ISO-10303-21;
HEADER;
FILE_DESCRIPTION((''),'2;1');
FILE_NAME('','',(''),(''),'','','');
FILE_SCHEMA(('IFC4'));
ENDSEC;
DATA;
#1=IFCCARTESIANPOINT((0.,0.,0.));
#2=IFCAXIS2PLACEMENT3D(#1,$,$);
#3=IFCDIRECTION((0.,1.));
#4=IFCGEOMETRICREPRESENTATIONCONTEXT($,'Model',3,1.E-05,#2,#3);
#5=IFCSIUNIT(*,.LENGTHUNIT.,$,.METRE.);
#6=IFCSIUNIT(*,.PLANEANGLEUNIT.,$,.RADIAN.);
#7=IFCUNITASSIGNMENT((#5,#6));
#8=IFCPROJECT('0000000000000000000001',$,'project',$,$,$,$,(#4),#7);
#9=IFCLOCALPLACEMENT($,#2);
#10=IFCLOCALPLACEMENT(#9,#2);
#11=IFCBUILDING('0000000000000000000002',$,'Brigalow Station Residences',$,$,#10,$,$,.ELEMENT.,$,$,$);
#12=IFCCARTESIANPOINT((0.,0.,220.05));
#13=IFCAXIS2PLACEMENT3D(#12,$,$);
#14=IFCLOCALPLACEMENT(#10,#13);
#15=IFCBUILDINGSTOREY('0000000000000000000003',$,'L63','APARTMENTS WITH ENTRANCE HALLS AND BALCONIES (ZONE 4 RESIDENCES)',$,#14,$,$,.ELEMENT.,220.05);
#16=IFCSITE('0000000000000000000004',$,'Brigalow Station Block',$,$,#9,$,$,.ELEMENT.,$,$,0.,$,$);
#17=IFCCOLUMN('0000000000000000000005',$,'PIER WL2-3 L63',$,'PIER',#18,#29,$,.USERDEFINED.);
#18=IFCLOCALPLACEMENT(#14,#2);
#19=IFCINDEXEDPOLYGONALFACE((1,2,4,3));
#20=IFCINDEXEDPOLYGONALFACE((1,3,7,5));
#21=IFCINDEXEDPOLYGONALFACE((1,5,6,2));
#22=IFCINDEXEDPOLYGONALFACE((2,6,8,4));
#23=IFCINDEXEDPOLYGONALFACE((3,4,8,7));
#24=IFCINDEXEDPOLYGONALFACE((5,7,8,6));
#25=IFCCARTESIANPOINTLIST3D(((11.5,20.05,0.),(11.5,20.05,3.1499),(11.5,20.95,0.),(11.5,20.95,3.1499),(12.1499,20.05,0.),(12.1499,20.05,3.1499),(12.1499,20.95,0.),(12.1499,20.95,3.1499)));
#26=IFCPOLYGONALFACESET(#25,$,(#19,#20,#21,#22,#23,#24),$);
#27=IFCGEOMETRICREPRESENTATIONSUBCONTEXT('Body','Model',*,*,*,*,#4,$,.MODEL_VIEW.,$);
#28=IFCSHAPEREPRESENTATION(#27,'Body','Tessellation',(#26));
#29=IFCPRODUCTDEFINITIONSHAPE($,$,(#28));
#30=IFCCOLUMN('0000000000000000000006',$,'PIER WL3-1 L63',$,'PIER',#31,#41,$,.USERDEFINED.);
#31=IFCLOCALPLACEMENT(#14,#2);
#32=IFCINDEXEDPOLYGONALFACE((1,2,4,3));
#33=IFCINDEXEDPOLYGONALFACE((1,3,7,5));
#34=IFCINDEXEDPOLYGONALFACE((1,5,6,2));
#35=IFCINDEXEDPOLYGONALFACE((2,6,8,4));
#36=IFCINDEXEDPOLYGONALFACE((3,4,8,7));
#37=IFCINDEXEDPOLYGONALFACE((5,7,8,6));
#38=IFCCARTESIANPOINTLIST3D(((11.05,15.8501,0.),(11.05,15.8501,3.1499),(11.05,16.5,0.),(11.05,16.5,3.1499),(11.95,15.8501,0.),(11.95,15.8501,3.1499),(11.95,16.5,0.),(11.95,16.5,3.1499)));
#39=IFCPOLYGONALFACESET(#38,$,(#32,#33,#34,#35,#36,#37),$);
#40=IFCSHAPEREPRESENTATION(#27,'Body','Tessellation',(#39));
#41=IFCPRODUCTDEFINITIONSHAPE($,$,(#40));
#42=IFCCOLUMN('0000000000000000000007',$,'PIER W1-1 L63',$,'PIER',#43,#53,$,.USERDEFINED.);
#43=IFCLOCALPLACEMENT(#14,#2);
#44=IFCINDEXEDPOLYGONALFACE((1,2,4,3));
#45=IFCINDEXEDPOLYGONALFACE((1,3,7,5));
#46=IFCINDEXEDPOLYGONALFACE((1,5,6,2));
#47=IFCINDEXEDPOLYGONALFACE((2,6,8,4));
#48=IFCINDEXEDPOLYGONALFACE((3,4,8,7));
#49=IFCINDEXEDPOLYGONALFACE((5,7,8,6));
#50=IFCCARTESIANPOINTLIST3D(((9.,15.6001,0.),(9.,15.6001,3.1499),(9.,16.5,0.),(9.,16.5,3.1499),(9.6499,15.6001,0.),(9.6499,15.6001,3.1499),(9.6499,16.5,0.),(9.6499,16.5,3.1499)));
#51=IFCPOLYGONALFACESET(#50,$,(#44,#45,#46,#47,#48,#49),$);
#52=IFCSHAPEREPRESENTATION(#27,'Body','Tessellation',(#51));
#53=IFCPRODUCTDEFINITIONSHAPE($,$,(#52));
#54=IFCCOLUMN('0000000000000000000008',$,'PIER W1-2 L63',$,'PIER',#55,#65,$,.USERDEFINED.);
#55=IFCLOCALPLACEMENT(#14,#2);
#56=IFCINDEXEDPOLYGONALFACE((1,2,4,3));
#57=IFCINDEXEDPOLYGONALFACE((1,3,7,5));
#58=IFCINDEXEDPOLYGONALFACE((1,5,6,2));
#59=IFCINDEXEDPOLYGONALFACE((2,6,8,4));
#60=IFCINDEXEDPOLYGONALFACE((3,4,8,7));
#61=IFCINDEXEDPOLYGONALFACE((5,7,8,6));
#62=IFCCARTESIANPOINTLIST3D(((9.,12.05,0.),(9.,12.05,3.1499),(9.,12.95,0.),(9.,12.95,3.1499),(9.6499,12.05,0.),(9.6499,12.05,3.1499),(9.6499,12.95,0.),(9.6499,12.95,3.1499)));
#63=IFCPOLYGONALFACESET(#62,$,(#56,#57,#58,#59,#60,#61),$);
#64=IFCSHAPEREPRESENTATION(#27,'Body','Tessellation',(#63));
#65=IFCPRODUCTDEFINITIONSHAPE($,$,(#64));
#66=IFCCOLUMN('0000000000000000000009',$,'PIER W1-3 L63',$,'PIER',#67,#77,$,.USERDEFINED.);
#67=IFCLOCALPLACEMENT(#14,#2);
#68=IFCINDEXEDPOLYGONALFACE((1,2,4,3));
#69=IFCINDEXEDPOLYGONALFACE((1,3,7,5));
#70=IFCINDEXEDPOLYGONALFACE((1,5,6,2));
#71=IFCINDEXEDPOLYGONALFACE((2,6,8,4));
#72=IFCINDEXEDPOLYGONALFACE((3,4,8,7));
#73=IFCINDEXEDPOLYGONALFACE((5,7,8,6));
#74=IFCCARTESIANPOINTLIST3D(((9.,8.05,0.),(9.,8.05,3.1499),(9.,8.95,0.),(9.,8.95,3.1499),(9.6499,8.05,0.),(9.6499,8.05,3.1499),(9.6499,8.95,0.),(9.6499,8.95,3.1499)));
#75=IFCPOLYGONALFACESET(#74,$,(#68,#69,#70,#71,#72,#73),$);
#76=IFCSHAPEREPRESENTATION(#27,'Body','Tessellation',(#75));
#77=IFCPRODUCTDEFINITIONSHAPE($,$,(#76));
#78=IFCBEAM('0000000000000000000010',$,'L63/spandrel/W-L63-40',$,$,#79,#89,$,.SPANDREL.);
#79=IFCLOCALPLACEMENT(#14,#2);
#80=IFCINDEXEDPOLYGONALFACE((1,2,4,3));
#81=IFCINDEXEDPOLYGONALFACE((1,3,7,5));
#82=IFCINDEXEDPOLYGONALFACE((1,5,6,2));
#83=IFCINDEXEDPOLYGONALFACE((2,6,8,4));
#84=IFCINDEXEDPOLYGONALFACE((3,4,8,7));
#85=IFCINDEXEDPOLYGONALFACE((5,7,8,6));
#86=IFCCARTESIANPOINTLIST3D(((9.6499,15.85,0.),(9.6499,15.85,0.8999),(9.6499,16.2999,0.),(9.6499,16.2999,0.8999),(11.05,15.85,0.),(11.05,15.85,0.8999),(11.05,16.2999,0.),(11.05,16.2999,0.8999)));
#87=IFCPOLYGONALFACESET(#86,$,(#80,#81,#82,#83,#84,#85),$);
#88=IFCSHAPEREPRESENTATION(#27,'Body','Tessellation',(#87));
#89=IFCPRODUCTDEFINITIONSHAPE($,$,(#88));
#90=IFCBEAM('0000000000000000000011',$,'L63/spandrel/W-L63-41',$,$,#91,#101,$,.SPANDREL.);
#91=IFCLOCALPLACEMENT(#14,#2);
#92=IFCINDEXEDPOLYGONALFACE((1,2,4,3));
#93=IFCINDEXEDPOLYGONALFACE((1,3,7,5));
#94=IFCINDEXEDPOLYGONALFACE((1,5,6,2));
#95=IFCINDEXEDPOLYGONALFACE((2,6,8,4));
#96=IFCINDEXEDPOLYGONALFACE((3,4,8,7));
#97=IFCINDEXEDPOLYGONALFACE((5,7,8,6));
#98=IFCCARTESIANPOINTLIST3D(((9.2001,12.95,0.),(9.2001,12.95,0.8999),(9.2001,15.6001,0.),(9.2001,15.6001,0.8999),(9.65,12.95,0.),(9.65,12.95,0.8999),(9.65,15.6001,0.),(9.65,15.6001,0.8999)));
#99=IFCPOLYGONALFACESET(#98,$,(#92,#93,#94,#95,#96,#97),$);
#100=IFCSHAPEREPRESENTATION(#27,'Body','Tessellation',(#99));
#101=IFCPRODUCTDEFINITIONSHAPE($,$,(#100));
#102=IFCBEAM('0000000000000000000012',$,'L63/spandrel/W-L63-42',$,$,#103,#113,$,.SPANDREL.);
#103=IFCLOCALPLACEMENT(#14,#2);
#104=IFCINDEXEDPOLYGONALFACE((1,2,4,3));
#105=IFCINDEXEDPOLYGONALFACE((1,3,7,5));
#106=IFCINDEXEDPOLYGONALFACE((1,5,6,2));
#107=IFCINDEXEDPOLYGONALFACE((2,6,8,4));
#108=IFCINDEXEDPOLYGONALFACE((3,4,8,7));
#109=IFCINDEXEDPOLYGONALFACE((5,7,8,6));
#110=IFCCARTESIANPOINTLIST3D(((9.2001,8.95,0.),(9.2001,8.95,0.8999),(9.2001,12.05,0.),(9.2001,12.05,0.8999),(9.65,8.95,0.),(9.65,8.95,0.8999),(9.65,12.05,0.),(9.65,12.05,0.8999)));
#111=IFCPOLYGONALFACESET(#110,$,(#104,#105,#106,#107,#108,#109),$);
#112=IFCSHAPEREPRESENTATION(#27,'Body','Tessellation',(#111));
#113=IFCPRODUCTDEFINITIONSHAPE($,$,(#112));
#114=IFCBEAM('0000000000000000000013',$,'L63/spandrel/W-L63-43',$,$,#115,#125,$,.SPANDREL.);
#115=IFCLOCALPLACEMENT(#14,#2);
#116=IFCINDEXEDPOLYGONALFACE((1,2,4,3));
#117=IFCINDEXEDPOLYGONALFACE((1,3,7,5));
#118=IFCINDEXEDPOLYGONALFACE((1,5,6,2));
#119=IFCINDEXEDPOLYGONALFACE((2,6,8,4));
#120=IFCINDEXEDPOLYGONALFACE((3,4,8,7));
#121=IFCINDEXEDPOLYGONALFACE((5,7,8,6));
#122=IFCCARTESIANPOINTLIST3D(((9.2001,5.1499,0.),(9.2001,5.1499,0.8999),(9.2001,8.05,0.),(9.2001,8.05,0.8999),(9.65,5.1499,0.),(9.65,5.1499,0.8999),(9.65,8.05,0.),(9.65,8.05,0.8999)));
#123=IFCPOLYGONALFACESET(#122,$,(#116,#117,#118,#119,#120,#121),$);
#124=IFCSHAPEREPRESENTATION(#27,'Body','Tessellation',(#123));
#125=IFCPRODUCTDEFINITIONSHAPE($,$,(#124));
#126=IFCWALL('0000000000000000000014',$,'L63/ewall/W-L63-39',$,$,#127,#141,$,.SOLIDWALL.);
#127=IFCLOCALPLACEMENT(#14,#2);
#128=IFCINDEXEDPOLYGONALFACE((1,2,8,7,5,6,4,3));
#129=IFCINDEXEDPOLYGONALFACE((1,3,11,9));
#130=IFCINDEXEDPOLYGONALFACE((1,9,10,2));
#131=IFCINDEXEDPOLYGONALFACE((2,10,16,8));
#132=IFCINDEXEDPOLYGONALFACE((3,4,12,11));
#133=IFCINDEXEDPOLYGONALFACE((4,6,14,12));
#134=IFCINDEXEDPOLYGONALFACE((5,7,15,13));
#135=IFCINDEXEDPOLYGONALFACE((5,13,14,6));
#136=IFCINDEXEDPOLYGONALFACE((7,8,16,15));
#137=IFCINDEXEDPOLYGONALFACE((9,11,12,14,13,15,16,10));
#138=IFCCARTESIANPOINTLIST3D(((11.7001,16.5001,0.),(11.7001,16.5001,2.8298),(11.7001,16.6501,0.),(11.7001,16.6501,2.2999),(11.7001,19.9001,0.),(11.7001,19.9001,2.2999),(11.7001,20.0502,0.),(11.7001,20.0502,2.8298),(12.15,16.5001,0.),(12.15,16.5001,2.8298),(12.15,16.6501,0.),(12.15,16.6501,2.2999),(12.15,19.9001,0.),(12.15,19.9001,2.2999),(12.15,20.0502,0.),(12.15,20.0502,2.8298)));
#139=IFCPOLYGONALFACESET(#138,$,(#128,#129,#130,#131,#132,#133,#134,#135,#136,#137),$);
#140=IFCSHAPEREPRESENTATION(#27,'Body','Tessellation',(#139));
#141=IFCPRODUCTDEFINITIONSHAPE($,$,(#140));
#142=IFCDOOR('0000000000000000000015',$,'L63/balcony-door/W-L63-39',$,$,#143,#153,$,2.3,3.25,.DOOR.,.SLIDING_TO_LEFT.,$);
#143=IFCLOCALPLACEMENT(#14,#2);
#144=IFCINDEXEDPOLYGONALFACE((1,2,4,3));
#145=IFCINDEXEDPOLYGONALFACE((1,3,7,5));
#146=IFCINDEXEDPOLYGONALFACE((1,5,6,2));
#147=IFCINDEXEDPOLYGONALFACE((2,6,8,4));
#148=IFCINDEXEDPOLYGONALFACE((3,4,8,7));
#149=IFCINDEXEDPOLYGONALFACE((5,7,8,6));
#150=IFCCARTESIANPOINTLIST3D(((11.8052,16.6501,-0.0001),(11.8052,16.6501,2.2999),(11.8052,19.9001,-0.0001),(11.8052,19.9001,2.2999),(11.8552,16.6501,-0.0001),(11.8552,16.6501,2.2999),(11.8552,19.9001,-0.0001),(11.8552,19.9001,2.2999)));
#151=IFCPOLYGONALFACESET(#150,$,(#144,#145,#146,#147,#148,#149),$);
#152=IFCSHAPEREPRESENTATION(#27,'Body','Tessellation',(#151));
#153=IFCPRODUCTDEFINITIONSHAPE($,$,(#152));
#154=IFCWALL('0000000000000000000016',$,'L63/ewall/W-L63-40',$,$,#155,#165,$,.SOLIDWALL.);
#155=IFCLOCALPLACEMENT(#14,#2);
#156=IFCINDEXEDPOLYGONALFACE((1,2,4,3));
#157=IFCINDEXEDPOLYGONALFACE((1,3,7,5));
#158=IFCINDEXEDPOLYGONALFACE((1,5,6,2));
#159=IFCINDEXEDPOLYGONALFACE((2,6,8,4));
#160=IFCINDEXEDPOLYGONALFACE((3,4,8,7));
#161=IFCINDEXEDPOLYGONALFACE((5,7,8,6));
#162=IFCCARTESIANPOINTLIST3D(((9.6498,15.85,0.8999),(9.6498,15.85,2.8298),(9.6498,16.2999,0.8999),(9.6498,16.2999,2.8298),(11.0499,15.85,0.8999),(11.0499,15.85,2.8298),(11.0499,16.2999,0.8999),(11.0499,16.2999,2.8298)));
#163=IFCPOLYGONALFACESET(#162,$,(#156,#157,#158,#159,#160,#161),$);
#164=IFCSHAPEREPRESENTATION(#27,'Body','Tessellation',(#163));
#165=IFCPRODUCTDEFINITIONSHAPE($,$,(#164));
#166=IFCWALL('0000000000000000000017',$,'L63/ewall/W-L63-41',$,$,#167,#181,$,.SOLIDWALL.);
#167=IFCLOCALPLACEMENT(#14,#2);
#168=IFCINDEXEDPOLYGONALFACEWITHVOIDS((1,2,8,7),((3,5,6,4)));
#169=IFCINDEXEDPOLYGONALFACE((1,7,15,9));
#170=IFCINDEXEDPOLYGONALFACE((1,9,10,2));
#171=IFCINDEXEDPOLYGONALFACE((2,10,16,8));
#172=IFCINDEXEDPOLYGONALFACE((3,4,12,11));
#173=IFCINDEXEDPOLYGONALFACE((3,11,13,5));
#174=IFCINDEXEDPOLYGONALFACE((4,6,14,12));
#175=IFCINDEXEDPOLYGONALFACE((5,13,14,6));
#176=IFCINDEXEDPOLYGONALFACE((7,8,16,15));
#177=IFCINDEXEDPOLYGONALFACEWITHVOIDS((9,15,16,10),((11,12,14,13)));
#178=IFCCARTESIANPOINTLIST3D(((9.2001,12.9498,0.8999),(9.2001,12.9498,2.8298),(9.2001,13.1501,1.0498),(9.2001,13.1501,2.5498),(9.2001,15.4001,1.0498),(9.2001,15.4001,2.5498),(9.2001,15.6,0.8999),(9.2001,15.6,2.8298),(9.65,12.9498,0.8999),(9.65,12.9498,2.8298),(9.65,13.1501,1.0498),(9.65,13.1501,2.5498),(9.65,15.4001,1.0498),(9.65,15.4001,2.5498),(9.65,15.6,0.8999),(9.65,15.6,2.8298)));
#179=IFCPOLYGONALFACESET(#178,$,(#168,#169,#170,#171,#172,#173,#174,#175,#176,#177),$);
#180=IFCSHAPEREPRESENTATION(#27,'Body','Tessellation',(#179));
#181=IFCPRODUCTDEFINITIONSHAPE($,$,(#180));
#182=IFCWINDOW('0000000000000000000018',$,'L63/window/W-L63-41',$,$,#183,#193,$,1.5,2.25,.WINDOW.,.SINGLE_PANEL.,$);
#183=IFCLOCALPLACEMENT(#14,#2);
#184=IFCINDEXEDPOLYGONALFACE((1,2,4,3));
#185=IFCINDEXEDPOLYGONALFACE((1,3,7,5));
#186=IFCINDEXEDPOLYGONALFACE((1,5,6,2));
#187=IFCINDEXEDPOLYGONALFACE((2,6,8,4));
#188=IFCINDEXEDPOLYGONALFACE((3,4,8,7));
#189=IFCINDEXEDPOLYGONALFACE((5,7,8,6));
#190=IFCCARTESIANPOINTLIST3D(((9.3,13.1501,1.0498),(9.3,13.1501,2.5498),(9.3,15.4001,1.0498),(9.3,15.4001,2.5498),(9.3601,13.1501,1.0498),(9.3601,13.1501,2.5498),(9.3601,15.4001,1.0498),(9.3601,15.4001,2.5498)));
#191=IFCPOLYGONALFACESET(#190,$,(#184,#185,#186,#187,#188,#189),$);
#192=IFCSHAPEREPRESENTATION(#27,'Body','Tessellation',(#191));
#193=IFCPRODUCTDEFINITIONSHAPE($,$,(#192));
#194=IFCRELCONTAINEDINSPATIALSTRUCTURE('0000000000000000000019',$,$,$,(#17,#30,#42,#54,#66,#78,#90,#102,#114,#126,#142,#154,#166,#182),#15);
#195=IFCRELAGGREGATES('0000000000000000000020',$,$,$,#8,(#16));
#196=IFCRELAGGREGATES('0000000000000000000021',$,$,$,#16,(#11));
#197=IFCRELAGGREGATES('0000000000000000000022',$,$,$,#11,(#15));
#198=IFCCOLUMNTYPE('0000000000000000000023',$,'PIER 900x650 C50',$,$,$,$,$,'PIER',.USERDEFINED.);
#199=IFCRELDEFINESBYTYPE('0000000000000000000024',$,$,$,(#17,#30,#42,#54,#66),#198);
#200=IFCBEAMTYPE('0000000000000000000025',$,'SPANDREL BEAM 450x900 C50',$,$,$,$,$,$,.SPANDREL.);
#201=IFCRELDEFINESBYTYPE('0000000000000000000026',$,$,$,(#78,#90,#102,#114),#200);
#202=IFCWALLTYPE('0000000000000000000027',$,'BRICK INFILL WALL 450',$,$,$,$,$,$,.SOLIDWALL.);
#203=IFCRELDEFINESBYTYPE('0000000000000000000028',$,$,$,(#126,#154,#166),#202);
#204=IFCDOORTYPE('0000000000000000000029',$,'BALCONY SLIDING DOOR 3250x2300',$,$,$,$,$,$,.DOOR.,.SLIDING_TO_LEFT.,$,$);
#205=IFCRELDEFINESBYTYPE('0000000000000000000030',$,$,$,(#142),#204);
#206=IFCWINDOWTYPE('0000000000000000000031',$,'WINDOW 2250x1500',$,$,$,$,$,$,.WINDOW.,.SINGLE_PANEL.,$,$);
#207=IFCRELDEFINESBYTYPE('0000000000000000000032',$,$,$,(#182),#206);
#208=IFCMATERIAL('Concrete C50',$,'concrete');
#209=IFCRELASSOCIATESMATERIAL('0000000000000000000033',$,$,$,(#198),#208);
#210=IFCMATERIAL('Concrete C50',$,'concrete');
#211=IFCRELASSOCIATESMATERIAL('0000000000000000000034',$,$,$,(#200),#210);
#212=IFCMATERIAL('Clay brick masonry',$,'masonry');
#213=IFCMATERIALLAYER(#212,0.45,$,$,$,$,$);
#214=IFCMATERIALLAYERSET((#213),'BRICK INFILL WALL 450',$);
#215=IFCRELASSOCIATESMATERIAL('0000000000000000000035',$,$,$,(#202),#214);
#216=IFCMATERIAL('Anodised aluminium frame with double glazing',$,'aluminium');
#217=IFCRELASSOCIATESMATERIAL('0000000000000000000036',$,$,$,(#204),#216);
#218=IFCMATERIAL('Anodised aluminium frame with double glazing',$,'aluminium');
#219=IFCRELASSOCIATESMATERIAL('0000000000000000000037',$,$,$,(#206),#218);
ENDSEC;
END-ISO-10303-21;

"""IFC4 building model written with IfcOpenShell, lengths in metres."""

from ifc_helpers import new_model, si_unit, direction, frame, frame_2d, origin, origin_2d, place, context, subcontext, project, spatial, rectangle, extrude, material, layer, layer_set, material_profile, profile_set, type_object, element, fill, save


model = new_model("IFC4")

# Units and contexts
model_context = context("Model", 3, precision=1e-05, world=origin(), true_north=direction((0.0, 1.0)))
body_context = subcontext(model_context, "Body", "Model", "MODEL_VIEW")
ifc_project = project(units=[si_unit("LENGTHUNIT", "METRE"), si_unit("PLANEANGLEUNIT", "RADIAN")], contexts=[model_context])

# Site, building, storey
site_placement = place(None, origin())
site = spatial("IfcSite", under=ifc_project, at=site_placement, Name="Brigalow Station Block", CompositionType="ELEMENT", RefElevation=0.0)
building_placement = place(site_placement, origin())
building = spatial("IfcBuilding", under=site, at=building_placement, Name="Brigalow Station Residences", CompositionType="ELEMENT")
storey_placement = place(building_placement, frame((0.0, 0.0, 220.05)))
storey = spatial("IfcBuildingStorey", under=building, at=storey_placement, Name="L63", Description="APARTMENTS WITH ENTRANCE HALLS AND BALCONIES (ZONE 4 RESIDENCES)", CompositionType="ELEMENT", Elevation=220.05)

# Columns
ifc_material_1 = material(Name="Concrete C50", Category="concrete")
ifc_material_profile_1 = material_profile(ifc_material_1, rectangle(XDim=0.8999, YDim=0.6499, at=origin_2d()), Name="RC900x650")
ifc_profile_set_1 = profile_set([ifc_material_profile_1], Name="Concrete C50")
column_type = type_object("IfcColumnType", Name="PIER 900x650 C50", ElementType="PIER", PredefinedType="USERDEFINED", material=ifc_profile_set_1)
for number, where, z_axis, x_axis, name in (
    (1, (11.825, 20.5, 0.0), (0.0, 0.0, 1.0), (0.0, -1.0, 0.0), "PIER WL2-3 L63"),
    (2, (11.5, 16.175, 0.0), (0.0, 0.0, 1.0), (-1.0, 0.0, 0.0), "PIER WL3-1 L63"),
    (3, (9.325, 16.05, 0.0), (0.0, 0.0, 1.0), (0.0, -1.0, 0.0), "PIER W1-1 L63"),
    (4, (9.325, 12.5, 0.0), (0.0, 0.0, 1.0), (0.0, -1.0, 0.0), "PIER W1-2 L63"),
    (5, (9.325, 8.5, 0.0), (0.0, 0.0, 1.0), (0.0, -1.0, 0.0), "PIER W1-3 L63"),
):
    element("IfcColumn", number, at=place(storey_placement, frame(where, z_axis=z_axis, x_axis=x_axis)), inside=storey, type_object=column_type, Name=name, ObjectType="PIER", PredefinedType="USERDEFINED", context=body_context, shape_type="SweptSolid", body=[
        extrude(rectangle(XDim=0.8999, YDim=0.6499, at=origin_2d()), origin(), (0.0, 0.0, 1.0), 3.1499),
    ])

# Beams
ifc_material_2 = material(Name="Concrete C50", Category="concrete")
ifc_material_profile_2 = material_profile(ifc_material_2, rectangle(XDim=0.45, YDim=0.8999, at=origin_2d()), Name="RC450x900")
ifc_profile_set_2 = profile_set([ifc_material_profile_2], Name="Concrete C50")
beam_type = type_object("IfcBeamType", Name="SPANDREL BEAM 450x900 C50", PredefinedType="SPANDREL", material=ifc_profile_set_2)
beam_1_placement = place(storey_placement, frame((11.05, 16.075, 0.45), z_axis=(-1.0, 0.0, 0.0), x_axis=(0.0, -1.0, 0.0)))
element("IfcBeam", 6, at=beam_1_placement, inside=storey, type_object=beam_type, Name="L63/spandrel/W-L63-40", PredefinedType="SPANDREL", context=body_context, shape_type="SweptSolid", body=[
    extrude(rectangle(XDim=0.45, YDim=0.8999, at=origin_2d()), origin(), (0.0, 0.0, 1.0), 1.4001),
])
beam_2_placement = place(storey_placement, frame((9.425, 15.6001, 0.45), z_axis=(0.0, -1.0, 0.0), x_axis=(1.0, 0.0, 0.0)))
element("IfcBeam", 7, at=beam_2_placement, inside=storey, type_object=beam_type, Name="L63/spandrel/W-L63-41", PredefinedType="SPANDREL", context=body_context, shape_type="SweptSolid", body=[
    extrude(rectangle(XDim=0.45, YDim=0.8999, at=origin_2d()), origin(), (0.0, 0.0, 1.0), 2.6501),
])
beam_3_placement = place(storey_placement, frame((9.425, 12.05, 0.45), z_axis=(0.0, -1.0, 0.0), x_axis=(1.0, 0.0, 0.0)))
element("IfcBeam", 8, at=beam_3_placement, inside=storey, type_object=beam_type, Name="L63/spandrel/W-L63-42", PredefinedType="SPANDREL", context=body_context, shape_type="SweptSolid", body=[
    extrude(rectangle(XDim=0.45, YDim=0.8999, at=origin_2d()), origin(), (0.0, 0.0, 1.0), 3.1001),
])
beam_4_placement = place(storey_placement, frame((9.425, 8.05, 0.45), z_axis=(0.0, -1.0, 0.0), x_axis=(1.0, 0.0, 0.0)))
element("IfcBeam", 9, at=beam_4_placement, inside=storey, type_object=beam_type, Name="L63/spandrel/W-L63-43", PredefinedType="SPANDREL", context=body_context, shape_type="SweptSolid", body=[
    extrude(rectangle(XDim=0.45, YDim=0.8999, at=origin_2d()), origin(), (0.0, 0.0, 1.0), 2.9001),
])

# Wall, opening, door
ifc_material_3 = material(Name="Clay brick masonry", Category="masonry")
ifc_layer_1 = layer(ifc_material_3, 0.45)
ifc_layer_set_1 = layer_set([ifc_layer_1], Name="BRICK INFILL WALL 450")
wall_type_1 = type_object("IfcWallType", Name="BRICK INFILL WALL 450", PredefinedType="SOLIDWALL", material=ifc_layer_set_1)
wall_1_placement = place(storey_placement, frame((11.925, 20.05, 0.0), z_axis=(0.0, 0.0, 1.0), x_axis=(0.0, -1.0, 0.0)))
wall_1 = element("IfcWall", 10, at=wall_1_placement, inside=storey, type_object=wall_type_1, Name="L63/ewall/W-L63-39", PredefinedType="SOLIDWALL", context=body_context, shape_type="SweptSolid", body=[
    extrude(rectangle(XDim=3.55, YDim=0.45, at=frame_2d((1.7749, 0.0))), origin(), (0.0, 0.0, 1.0), 2.8298),
])
opening_1_placement = place(wall_1_placement, frame((0.1499, 0.0, 0.0)))
opening_1 = element("IfcOpeningElement", 11, at=opening_1_placement, cuts=wall_1, PredefinedType="OPENING", context=body_context, shape_type="SweptSolid", body=[
    extrude(rectangle(XDim=3.25, YDim=2.3, at=frame_2d((1.625, 1.1499))), frame((0.0, 0.2349, 0.0), z_axis=(0.0, -1.0, 0.0), x_axis=(1.0, 0.0, 0.0)), (0.0, 0.0, 1.0), 0.47),
])
ifc_material_4 = material(Name="Anodised aluminium frame with double glazing", Category="aluminium")
door_type_1 = type_object("IfcDoorType", Name="BALCONY SLIDING DOOR 3250x2300", OperationType="SLIDING_TO_LEFT", PredefinedType="DOOR", material=ifc_material_4)
door_1_placement = place(opening_1_placement, origin())
door_1 = element("IfcDoor", 12, at=door_1_placement, inside=storey, type_object=door_type_1, Name="L63/balcony-door/W-L63-39", OperationType="SLIDING_TO_LEFT", OverallHeight=2.3, OverallWidth=3.25, PredefinedType="DOOR", context=body_context, shape_type="SweptSolid", body=[
    extrude(rectangle(XDim=3.25, YDim=2.3, at=frame_2d((1.625, 1.1499))), frame((0.0, -0.0698, 0.0), z_axis=(0.0, -1.0, 0.0), x_axis=(1.0, 0.0, 0.0)), (0.0, 0.0, 1.0), 0.05),
])
fill(opening_1, door_1)

# Wall
wall_2_placement = place(storey_placement, frame((11.05, 16.075, 0.8999), z_axis=(0.0, 0.0, 1.0), x_axis=(-1.0, 0.0, 0.0)))
element("IfcWall", 13, at=wall_2_placement, inside=storey, type_object=wall_type_1, Name="L63/ewall/W-L63-40", PredefinedType="SOLIDWALL", context=body_context, shape_type="SweptSolid", body=[
    extrude(rectangle(XDim=1.4001, YDim=0.45, at=frame_2d((0.7002, 0.0))), origin(), (0.0, 0.0, 1.0), 1.9299),
])

# Wall, opening, window
wall_3_placement = place(storey_placement, frame((9.425, 15.6001, 0.8999), z_axis=(0.0, 0.0, 1.0), x_axis=(0.0, -1.0, 0.0)))
wall_3 = element("IfcWall", 14, at=wall_3_placement, inside=storey, type_object=wall_type_1, Name="L63/ewall/W-L63-41", PredefinedType="SOLIDWALL", context=body_context, shape_type="SweptSolid", body=[
    extrude(rectangle(XDim=2.6501, YDim=0.45, at=frame_2d((1.3252, 0.0))), origin(), (0.0, 0.0, 1.0), 1.9299),
])
opening_2_placement = place(wall_3_placement, frame((0.2, 0.0, 0.1499)))
opening_2 = element("IfcOpeningElement", 15, at=opening_2_placement, cuts=wall_3, PredefinedType="OPENING", context=body_context, shape_type="SweptSolid", body=[
    extrude(rectangle(XDim=2.25, YDim=1.5, at=frame_2d((1.125, 0.75))), frame((0.0, 0.2349, 0.0), z_axis=(0.0, -1.0, 0.0), x_axis=(1.0, 0.0, 0.0)), (0.0, 0.0, 1.0), 0.47),
])
ifc_material_5 = material(Name="Anodised aluminium frame with double glazing", Category="aluminium")
window_type_1 = type_object("IfcWindowType", Name="WINDOW 2250x1500", PartitioningType="SINGLE_PANEL", PredefinedType="WINDOW", material=ifc_material_5)
window_1_placement = place(opening_2_placement, origin())
window_1 = element("IfcWindow", 16, at=window_1_placement, inside=storey, type_object=window_type_1, Name="L63/window/W-L63-41", OverallHeight=1.5, OverallWidth=2.25, PartitioningType="SINGLE_PANEL", PredefinedType="WINDOW", context=body_context, shape_type="SweptSolid", body=[
    extrude(rectangle(XDim=2.25, YDim=1.5, at=frame_2d((1.125, 0.75))), frame((0.0, -0.0649, 0.0), z_axis=(0.0, -1.0, 0.0), x_axis=(1.0, 0.0, 0.0)), (0.0, 0.0, 1.0), 0.0601),
])
fill(opening_2, window_1)

save(model, "model.ifc")
